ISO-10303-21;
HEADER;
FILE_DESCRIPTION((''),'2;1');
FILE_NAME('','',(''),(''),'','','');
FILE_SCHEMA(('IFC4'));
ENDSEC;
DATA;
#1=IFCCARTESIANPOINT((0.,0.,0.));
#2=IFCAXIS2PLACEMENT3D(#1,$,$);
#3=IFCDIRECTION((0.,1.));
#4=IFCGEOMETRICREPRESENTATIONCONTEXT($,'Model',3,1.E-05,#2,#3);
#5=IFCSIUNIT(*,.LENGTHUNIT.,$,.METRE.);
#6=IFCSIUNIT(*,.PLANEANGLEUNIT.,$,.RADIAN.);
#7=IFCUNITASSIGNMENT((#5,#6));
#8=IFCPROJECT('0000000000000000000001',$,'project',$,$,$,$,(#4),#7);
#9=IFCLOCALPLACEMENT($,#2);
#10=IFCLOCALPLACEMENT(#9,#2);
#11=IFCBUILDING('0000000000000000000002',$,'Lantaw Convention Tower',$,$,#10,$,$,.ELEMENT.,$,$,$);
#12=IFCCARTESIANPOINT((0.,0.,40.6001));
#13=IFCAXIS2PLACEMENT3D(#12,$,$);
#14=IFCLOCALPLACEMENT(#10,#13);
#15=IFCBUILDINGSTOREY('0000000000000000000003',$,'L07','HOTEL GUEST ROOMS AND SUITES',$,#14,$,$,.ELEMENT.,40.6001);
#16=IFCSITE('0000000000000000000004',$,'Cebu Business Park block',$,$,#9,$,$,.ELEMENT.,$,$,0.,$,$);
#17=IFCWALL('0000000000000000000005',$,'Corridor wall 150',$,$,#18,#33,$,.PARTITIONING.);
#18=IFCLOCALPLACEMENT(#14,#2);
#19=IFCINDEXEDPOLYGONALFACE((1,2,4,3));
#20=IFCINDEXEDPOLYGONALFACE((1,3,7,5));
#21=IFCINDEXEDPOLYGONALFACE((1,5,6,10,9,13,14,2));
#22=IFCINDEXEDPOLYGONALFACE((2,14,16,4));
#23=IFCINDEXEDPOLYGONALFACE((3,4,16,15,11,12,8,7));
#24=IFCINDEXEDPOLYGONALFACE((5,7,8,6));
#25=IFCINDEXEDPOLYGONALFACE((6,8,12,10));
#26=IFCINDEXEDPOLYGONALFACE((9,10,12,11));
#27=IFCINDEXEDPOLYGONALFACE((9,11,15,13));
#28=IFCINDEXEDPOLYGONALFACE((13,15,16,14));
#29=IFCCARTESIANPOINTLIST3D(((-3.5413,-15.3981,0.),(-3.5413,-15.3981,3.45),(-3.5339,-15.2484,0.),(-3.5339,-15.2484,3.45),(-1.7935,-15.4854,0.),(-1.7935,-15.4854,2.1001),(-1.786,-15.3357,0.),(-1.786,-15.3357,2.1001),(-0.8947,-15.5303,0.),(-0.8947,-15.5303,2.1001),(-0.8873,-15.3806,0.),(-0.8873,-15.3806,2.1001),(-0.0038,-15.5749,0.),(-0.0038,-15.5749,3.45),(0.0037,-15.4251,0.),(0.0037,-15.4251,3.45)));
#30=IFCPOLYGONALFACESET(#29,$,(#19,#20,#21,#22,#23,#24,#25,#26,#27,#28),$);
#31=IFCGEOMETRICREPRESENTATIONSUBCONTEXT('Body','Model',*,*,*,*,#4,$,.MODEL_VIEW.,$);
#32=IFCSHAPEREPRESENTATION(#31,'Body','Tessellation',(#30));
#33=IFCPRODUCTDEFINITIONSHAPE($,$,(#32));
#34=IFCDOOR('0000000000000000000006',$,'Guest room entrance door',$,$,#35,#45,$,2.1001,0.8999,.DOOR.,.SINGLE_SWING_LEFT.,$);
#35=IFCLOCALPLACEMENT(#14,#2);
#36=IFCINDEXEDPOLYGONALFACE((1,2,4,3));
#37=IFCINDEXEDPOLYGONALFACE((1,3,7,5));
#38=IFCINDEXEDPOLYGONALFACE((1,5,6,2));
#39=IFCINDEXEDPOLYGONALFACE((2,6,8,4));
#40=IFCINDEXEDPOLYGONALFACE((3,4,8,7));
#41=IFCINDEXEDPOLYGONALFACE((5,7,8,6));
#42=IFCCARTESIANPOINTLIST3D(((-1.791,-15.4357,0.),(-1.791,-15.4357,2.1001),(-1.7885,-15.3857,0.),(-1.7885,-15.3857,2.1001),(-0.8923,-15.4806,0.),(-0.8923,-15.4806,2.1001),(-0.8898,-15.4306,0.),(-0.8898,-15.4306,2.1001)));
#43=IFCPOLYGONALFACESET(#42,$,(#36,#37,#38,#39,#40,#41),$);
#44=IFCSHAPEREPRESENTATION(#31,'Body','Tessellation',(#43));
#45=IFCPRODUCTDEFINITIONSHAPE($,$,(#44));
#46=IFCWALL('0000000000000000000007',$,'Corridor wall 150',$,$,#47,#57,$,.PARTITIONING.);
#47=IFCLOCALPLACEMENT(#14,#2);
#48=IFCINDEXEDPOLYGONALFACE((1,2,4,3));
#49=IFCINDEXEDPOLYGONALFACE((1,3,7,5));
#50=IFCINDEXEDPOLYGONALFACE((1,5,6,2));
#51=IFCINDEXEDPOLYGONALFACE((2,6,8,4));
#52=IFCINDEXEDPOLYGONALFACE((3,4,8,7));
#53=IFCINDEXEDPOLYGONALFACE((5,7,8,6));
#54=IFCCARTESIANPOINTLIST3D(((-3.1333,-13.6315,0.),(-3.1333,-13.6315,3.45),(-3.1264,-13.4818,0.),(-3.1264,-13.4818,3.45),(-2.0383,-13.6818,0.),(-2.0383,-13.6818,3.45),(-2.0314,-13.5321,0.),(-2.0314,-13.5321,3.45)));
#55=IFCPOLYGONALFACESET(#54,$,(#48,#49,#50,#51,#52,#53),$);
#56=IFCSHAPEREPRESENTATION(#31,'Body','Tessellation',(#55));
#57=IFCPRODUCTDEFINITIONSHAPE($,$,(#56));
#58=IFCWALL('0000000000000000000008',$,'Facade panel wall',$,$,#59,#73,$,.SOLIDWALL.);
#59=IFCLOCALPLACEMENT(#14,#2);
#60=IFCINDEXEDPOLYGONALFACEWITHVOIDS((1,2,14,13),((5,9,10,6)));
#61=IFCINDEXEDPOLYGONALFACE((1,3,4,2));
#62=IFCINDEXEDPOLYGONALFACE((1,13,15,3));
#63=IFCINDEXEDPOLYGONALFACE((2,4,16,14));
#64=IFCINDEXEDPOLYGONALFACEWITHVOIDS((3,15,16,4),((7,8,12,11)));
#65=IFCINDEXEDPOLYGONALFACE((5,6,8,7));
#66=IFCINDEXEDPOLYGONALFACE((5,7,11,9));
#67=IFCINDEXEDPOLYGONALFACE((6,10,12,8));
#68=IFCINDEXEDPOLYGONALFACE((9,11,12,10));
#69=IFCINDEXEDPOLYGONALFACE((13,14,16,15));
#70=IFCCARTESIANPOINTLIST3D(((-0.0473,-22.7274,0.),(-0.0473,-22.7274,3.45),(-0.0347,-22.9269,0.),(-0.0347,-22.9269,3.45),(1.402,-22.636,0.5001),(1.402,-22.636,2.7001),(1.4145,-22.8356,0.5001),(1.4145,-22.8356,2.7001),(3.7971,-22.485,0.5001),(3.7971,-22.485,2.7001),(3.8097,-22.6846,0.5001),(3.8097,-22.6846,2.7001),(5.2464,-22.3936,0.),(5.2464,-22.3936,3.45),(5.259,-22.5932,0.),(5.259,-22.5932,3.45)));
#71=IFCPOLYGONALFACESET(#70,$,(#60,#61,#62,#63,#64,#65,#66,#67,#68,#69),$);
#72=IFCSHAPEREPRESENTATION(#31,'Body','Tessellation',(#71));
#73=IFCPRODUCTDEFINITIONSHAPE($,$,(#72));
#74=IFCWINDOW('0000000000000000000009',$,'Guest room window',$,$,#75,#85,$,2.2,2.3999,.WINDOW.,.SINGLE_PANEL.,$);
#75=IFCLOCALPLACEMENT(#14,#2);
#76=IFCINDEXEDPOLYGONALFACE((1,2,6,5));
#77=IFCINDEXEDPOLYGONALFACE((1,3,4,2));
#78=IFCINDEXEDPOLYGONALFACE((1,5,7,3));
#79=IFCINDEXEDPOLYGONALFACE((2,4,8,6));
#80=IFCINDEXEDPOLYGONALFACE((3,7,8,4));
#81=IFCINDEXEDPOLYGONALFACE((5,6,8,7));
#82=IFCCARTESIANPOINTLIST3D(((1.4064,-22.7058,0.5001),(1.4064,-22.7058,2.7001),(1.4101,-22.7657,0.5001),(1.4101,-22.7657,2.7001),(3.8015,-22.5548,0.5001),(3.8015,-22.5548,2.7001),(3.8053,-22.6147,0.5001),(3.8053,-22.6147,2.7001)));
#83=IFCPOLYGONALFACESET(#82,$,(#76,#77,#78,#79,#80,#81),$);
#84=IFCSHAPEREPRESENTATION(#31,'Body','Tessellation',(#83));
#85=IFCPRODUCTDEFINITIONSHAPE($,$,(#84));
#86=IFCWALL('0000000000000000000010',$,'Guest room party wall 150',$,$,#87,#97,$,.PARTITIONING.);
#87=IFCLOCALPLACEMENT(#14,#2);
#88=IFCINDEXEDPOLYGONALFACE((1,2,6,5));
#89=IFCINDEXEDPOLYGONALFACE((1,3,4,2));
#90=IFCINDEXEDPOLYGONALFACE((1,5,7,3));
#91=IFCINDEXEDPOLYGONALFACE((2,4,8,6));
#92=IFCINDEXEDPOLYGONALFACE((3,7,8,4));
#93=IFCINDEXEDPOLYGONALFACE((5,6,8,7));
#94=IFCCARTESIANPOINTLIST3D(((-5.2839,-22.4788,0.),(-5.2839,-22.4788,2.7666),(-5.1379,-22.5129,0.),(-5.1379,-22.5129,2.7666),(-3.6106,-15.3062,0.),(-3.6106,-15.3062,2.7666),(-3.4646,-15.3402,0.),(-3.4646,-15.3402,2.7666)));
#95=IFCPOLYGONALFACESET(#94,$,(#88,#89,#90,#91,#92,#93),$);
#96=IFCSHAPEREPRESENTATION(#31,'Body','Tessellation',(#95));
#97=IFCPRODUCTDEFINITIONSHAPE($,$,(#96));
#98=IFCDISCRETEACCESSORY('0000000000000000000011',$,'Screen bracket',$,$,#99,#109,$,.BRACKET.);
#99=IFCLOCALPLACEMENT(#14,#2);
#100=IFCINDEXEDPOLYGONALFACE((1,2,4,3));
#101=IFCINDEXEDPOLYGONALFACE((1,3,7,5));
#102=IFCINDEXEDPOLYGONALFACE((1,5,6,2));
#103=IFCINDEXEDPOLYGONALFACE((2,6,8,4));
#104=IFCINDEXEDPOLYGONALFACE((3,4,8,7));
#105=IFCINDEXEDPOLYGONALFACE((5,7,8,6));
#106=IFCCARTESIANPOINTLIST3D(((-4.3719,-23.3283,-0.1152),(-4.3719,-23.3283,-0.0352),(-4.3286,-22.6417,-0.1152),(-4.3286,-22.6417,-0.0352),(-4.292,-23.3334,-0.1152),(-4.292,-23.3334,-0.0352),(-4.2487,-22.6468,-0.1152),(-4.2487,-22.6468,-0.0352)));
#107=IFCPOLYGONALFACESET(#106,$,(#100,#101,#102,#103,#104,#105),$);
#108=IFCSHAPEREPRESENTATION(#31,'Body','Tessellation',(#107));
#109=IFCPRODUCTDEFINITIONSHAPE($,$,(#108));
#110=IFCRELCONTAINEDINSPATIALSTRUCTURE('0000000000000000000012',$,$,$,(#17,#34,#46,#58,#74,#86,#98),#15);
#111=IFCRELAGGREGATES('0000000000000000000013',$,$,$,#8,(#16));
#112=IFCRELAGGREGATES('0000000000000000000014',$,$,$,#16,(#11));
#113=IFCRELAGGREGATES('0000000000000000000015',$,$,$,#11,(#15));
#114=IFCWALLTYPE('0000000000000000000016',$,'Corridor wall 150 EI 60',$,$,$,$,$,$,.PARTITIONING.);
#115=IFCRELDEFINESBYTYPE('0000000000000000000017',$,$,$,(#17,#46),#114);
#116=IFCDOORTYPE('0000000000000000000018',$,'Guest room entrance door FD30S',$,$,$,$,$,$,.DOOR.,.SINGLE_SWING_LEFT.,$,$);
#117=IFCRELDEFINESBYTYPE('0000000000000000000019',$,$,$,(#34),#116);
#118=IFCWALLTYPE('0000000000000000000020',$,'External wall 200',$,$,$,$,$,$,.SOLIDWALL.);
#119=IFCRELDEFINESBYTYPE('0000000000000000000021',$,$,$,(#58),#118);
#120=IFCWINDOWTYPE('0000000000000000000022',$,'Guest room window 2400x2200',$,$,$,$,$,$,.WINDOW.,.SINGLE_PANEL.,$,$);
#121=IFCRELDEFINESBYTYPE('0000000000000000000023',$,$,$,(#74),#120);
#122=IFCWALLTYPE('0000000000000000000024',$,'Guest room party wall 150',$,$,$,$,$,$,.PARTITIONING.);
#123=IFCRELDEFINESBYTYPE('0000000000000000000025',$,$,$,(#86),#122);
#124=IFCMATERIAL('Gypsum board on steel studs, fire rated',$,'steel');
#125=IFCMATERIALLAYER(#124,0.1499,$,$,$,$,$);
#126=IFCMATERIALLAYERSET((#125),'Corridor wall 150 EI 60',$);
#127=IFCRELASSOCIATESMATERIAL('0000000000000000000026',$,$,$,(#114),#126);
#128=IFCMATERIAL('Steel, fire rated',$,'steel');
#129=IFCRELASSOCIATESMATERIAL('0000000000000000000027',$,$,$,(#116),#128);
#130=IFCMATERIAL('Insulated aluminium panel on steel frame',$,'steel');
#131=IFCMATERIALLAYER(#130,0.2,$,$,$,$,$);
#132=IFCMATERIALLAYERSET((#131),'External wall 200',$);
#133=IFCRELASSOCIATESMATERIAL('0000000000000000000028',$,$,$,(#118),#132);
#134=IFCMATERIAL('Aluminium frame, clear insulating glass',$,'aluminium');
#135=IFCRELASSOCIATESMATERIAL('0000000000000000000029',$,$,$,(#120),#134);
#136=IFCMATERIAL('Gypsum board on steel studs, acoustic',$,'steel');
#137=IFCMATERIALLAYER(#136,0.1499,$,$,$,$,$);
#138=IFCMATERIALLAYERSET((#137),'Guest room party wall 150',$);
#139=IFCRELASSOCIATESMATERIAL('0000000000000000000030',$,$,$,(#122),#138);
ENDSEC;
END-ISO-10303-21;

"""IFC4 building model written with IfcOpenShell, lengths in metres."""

from ifc_helpers import new_model, si_unit, direction, frame, frame_2d, origin, origin_2d, place, context, subcontext, project, spatial, rectangle, extrude, material, layer, layer_set, type_object, element, fill, save


model = new_model("IFC4")

# Units and contexts
model_context = context("Model", 3, precision=1e-05, world=origin(), true_north=direction((0.0, 1.0)))
body_context = subcontext(model_context, "Body", "Model", "MODEL_VIEW")
ifc_project = project(units=[si_unit("LENGTHUNIT", "METRE"), si_unit("PLANEANGLEUNIT", "RADIAN")], contexts=[model_context])

# Site, building, storey
site_placement = place(None, origin())
site = spatial("IfcSite", under=ifc_project, at=site_placement, Name="Cebu Business Park block", CompositionType="ELEMENT", RefElevation=0.0)
building_placement = place(site_placement, origin())
building = spatial("IfcBuilding", under=site, at=building_placement, Name="Lantaw Convention Tower", CompositionType="ELEMENT")
storey_placement = place(building_placement, frame((0.0, 0.0, 40.6001)))
storey = spatial("IfcBuildingStorey", under=building, at=storey_placement, Name="L07", Description="HOTEL GUEST ROOMS AND SUITES", CompositionType="ELEMENT", Elevation=40.6001)

# Wall, opening, door
ifc_material_1 = material(Name="Gypsum board on steel studs, fire rated", Category="steel")
ifc_layer_1 = layer(ifc_material_1, 0.1499)
ifc_layer_set_1 = layer_set([ifc_layer_1], Name="Corridor wall 150 EI 60")
wall_type_1 = type_object("IfcWallType", Name="Corridor wall 150 EI 60", PredefinedType="PARTITIONING", material=ifc_layer_set_1)
wall_1_placement = place(storey_placement, frame((-3.5376, -15.3232, 0.0), z_axis=(0.0, 0.0, 1.0), x_axis=(0.998754, -0.049903, 0.0)))
wall_1 = element("IfcWall", 1, at=wall_1_placement, inside=storey, type_object=wall_type_1, Name="Corridor wall 150", PredefinedType="PARTITIONING", context=body_context, shape_type="SweptSolid", body=[
    extrude(rectangle(XDim=3.542, YDim=0.1499, at=frame_2d((1.771, 0.0))), origin(), (0.0, 0.0, 1.0), 3.45),
])
opening_1_placement = place(wall_1_placement, frame((1.75, 0.0, 0.0)))
opening_1 = element("IfcOpeningElement", 2, at=opening_1_placement, cuts=wall_1, PredefinedType="OPENING", context=body_context, shape_type="SweptSolid", body=[
    extrude(rectangle(XDim=0.8999, YDim=2.1001, at=frame_2d((0.45, 1.05))), frame((0.0, 0.085, 0.0), z_axis=(0.0, -1.0, 0.0), x_axis=(1.0, 0.0, 0.0)), (0.0, 0.0, 1.0), 0.1699),
])
ifc_material_2 = material(Name="Steel, fire rated", Category="steel")
door_type_1 = type_object("IfcDoorType", Name="Guest room entrance door FD30S", OperationType="SINGLE_SWING_LEFT", PredefinedType="DOOR", material=ifc_material_2)
door_1_placement = place(opening_1_placement, origin())
door_1 = element("IfcDoor", 3, at=door_1_placement, inside=storey, type_object=door_type_1, Name="Guest room entrance door", OperationType="SINGLE_SWING_LEFT", OverallHeight=2.1001, OverallWidth=0.8999, PredefinedType="DOOR", context=body_context, shape_type="SweptSolid", body=[
    extrude(rectangle(XDim=0.8999, YDim=2.1001, at=frame_2d((0.45, 1.05))), frame((0.0, 0.0249, 0.0), z_axis=(0.0, -1.0, 0.0), x_axis=(1.0, 0.0, 0.0)), (0.0, 0.0, 1.0), 0.05),
])
fill(opening_1, door_1)

# Wall
wall_2_placement = place(storey_placement, frame((-3.1299, -13.5566, 0.0), z_axis=(0.0, 0.0, 1.0), x_axis=(0.998947, -0.045883, 0.0)))
element("IfcWall", 4, at=wall_2_placement, inside=storey, type_object=wall_type_1, Name="Corridor wall 150", PredefinedType="PARTITIONING", context=body_context, shape_type="SweptSolid", body=[
    extrude(rectangle(XDim=1.0962, YDim=0.1499, at=frame_2d((0.5481, 0.0))), origin(), (0.0, 0.0, 1.0), 3.45),
])

# Wall, opening, window
ifc_material_3 = material(Name="Insulated aluminium panel on steel frame", Category="steel")
ifc_layer_2 = layer(ifc_material_3, 0.2)
ifc_layer_set_2 = layer_set([ifc_layer_2], Name="External wall 200")
wall_type_2 = type_object("IfcWallType", Name="External wall 200", PredefinedType="SOLIDWALL", material=ifc_layer_set_2)
wall_3_placement = place(storey_placement, frame((-0.041, -22.8271, 0.0), z_axis=(0.0, 0.0, 1.0), x_axis=(0.998019, 0.06292, 0.0)))
wall_3 = element("IfcWall", 5, at=wall_3_placement, inside=storey, type_object=wall_type_2, Name="Facade panel wall", PredefinedType="SOLIDWALL", context=body_context, shape_type="SweptSolid", body=[
    extrude(rectangle(XDim=5.3042, YDim=0.2, at=frame_2d((2.6521, 0.0))), origin(), (0.0, 0.0, 1.0), 3.45),
])
opening_2_placement = place(wall_3_placement, frame((1.4521, 0.0, 0.5)))
opening_2 = element("IfcOpeningElement", 6, at=opening_2_placement, cuts=wall_3, PredefinedType="OPENING", context=body_context, shape_type="SweptSolid", body=[
    extrude(rectangle(XDim=2.3999, YDim=2.2, at=frame_2d((1.2, 1.1001))), frame((0.0, 0.1099, 0.0), z_axis=(0.0, -1.0, 0.0), x_axis=(1.0, 0.0, 0.0)), (0.0, 0.0, 1.0), 0.22),
])
ifc_material_4 = material(Name="Aluminium frame, clear insulating glass", Category="aluminium")
window_type = type_object("IfcWindowType", Name="Guest room window 2400x2200", PartitioningType="SINGLE_PANEL", PredefinedType="WINDOW", material=ifc_material_4)
window_placement = place(opening_2_placement, origin())
window = element("IfcWindow", 7, at=window_placement, inside=storey, type_object=window_type, Name="Guest room window", OverallHeight=2.2, OverallWidth=2.3999, PartitioningType="SINGLE_PANEL", PredefinedType="WINDOW", context=body_context, shape_type="SweptSolid", body=[
    extrude(rectangle(XDim=2.3999, YDim=2.2, at=frame_2d((1.2, 1.1001))), frame((0.0, 0.03, 0.0), z_axis=(0.0, -1.0, 0.0), x_axis=(1.0, 0.0, 0.0)), (0.0, 0.0, 1.0), 0.0601),
])
fill(opening_2, window)

# Wall
ifc_material_5 = material(Name="Gypsum board on steel studs, acoustic", Category="steel")
ifc_layer_3 = layer(ifc_material_5, 0.1499)
ifc_layer_set_3 = layer_set([ifc_layer_3], Name="Guest room party wall 150")
wall_type_3 = type_object("IfcWallType", Name="Guest room party wall 150", PredefinedType="PARTITIONING", material=ifc_layer_set_3)
wall_4_placement = place(storey_placement, frame((-5.2109, -22.4958, 0.0), z_axis=(0.0, 0.0, 1.0), x_axis=(0.227195, 0.973849, 0.0)))
element("IfcWall", 8, at=wall_4_placement, inside=storey, type_object=wall_type_3, Name="Guest room party wall 150", PredefinedType="PARTITIONING", context=body_context, shape_type="SweptSolid", body=[
    extrude(rectangle(XDim=7.3652, YDim=0.1499, at=frame_2d((3.6826, 0.0))), origin(), (0.0, 0.0, 1.0), 2.7666),
])

# Discrete accessory
discrete_accessory_placement = place(storey_placement, frame((-4.3103, -22.9875, -0.1152), z_axis=(0.0, 0.0, 1.0), x_axis=(0.998016, -0.062958, 0.0)))
element("IfcDiscreteAccessory", 9, at=discrete_accessory_placement, inside=storey, Name="Screen bracket", PredefinedType="BRACKET", context=body_context, shape_type="SweptSolid", body=[
    extrude(rectangle(XDim=0.0801, YDim=0.688, at=origin_2d()), origin(), (0.0, 0.0, 1.0), 0.0801),
])

save(model, "model.ifc")
